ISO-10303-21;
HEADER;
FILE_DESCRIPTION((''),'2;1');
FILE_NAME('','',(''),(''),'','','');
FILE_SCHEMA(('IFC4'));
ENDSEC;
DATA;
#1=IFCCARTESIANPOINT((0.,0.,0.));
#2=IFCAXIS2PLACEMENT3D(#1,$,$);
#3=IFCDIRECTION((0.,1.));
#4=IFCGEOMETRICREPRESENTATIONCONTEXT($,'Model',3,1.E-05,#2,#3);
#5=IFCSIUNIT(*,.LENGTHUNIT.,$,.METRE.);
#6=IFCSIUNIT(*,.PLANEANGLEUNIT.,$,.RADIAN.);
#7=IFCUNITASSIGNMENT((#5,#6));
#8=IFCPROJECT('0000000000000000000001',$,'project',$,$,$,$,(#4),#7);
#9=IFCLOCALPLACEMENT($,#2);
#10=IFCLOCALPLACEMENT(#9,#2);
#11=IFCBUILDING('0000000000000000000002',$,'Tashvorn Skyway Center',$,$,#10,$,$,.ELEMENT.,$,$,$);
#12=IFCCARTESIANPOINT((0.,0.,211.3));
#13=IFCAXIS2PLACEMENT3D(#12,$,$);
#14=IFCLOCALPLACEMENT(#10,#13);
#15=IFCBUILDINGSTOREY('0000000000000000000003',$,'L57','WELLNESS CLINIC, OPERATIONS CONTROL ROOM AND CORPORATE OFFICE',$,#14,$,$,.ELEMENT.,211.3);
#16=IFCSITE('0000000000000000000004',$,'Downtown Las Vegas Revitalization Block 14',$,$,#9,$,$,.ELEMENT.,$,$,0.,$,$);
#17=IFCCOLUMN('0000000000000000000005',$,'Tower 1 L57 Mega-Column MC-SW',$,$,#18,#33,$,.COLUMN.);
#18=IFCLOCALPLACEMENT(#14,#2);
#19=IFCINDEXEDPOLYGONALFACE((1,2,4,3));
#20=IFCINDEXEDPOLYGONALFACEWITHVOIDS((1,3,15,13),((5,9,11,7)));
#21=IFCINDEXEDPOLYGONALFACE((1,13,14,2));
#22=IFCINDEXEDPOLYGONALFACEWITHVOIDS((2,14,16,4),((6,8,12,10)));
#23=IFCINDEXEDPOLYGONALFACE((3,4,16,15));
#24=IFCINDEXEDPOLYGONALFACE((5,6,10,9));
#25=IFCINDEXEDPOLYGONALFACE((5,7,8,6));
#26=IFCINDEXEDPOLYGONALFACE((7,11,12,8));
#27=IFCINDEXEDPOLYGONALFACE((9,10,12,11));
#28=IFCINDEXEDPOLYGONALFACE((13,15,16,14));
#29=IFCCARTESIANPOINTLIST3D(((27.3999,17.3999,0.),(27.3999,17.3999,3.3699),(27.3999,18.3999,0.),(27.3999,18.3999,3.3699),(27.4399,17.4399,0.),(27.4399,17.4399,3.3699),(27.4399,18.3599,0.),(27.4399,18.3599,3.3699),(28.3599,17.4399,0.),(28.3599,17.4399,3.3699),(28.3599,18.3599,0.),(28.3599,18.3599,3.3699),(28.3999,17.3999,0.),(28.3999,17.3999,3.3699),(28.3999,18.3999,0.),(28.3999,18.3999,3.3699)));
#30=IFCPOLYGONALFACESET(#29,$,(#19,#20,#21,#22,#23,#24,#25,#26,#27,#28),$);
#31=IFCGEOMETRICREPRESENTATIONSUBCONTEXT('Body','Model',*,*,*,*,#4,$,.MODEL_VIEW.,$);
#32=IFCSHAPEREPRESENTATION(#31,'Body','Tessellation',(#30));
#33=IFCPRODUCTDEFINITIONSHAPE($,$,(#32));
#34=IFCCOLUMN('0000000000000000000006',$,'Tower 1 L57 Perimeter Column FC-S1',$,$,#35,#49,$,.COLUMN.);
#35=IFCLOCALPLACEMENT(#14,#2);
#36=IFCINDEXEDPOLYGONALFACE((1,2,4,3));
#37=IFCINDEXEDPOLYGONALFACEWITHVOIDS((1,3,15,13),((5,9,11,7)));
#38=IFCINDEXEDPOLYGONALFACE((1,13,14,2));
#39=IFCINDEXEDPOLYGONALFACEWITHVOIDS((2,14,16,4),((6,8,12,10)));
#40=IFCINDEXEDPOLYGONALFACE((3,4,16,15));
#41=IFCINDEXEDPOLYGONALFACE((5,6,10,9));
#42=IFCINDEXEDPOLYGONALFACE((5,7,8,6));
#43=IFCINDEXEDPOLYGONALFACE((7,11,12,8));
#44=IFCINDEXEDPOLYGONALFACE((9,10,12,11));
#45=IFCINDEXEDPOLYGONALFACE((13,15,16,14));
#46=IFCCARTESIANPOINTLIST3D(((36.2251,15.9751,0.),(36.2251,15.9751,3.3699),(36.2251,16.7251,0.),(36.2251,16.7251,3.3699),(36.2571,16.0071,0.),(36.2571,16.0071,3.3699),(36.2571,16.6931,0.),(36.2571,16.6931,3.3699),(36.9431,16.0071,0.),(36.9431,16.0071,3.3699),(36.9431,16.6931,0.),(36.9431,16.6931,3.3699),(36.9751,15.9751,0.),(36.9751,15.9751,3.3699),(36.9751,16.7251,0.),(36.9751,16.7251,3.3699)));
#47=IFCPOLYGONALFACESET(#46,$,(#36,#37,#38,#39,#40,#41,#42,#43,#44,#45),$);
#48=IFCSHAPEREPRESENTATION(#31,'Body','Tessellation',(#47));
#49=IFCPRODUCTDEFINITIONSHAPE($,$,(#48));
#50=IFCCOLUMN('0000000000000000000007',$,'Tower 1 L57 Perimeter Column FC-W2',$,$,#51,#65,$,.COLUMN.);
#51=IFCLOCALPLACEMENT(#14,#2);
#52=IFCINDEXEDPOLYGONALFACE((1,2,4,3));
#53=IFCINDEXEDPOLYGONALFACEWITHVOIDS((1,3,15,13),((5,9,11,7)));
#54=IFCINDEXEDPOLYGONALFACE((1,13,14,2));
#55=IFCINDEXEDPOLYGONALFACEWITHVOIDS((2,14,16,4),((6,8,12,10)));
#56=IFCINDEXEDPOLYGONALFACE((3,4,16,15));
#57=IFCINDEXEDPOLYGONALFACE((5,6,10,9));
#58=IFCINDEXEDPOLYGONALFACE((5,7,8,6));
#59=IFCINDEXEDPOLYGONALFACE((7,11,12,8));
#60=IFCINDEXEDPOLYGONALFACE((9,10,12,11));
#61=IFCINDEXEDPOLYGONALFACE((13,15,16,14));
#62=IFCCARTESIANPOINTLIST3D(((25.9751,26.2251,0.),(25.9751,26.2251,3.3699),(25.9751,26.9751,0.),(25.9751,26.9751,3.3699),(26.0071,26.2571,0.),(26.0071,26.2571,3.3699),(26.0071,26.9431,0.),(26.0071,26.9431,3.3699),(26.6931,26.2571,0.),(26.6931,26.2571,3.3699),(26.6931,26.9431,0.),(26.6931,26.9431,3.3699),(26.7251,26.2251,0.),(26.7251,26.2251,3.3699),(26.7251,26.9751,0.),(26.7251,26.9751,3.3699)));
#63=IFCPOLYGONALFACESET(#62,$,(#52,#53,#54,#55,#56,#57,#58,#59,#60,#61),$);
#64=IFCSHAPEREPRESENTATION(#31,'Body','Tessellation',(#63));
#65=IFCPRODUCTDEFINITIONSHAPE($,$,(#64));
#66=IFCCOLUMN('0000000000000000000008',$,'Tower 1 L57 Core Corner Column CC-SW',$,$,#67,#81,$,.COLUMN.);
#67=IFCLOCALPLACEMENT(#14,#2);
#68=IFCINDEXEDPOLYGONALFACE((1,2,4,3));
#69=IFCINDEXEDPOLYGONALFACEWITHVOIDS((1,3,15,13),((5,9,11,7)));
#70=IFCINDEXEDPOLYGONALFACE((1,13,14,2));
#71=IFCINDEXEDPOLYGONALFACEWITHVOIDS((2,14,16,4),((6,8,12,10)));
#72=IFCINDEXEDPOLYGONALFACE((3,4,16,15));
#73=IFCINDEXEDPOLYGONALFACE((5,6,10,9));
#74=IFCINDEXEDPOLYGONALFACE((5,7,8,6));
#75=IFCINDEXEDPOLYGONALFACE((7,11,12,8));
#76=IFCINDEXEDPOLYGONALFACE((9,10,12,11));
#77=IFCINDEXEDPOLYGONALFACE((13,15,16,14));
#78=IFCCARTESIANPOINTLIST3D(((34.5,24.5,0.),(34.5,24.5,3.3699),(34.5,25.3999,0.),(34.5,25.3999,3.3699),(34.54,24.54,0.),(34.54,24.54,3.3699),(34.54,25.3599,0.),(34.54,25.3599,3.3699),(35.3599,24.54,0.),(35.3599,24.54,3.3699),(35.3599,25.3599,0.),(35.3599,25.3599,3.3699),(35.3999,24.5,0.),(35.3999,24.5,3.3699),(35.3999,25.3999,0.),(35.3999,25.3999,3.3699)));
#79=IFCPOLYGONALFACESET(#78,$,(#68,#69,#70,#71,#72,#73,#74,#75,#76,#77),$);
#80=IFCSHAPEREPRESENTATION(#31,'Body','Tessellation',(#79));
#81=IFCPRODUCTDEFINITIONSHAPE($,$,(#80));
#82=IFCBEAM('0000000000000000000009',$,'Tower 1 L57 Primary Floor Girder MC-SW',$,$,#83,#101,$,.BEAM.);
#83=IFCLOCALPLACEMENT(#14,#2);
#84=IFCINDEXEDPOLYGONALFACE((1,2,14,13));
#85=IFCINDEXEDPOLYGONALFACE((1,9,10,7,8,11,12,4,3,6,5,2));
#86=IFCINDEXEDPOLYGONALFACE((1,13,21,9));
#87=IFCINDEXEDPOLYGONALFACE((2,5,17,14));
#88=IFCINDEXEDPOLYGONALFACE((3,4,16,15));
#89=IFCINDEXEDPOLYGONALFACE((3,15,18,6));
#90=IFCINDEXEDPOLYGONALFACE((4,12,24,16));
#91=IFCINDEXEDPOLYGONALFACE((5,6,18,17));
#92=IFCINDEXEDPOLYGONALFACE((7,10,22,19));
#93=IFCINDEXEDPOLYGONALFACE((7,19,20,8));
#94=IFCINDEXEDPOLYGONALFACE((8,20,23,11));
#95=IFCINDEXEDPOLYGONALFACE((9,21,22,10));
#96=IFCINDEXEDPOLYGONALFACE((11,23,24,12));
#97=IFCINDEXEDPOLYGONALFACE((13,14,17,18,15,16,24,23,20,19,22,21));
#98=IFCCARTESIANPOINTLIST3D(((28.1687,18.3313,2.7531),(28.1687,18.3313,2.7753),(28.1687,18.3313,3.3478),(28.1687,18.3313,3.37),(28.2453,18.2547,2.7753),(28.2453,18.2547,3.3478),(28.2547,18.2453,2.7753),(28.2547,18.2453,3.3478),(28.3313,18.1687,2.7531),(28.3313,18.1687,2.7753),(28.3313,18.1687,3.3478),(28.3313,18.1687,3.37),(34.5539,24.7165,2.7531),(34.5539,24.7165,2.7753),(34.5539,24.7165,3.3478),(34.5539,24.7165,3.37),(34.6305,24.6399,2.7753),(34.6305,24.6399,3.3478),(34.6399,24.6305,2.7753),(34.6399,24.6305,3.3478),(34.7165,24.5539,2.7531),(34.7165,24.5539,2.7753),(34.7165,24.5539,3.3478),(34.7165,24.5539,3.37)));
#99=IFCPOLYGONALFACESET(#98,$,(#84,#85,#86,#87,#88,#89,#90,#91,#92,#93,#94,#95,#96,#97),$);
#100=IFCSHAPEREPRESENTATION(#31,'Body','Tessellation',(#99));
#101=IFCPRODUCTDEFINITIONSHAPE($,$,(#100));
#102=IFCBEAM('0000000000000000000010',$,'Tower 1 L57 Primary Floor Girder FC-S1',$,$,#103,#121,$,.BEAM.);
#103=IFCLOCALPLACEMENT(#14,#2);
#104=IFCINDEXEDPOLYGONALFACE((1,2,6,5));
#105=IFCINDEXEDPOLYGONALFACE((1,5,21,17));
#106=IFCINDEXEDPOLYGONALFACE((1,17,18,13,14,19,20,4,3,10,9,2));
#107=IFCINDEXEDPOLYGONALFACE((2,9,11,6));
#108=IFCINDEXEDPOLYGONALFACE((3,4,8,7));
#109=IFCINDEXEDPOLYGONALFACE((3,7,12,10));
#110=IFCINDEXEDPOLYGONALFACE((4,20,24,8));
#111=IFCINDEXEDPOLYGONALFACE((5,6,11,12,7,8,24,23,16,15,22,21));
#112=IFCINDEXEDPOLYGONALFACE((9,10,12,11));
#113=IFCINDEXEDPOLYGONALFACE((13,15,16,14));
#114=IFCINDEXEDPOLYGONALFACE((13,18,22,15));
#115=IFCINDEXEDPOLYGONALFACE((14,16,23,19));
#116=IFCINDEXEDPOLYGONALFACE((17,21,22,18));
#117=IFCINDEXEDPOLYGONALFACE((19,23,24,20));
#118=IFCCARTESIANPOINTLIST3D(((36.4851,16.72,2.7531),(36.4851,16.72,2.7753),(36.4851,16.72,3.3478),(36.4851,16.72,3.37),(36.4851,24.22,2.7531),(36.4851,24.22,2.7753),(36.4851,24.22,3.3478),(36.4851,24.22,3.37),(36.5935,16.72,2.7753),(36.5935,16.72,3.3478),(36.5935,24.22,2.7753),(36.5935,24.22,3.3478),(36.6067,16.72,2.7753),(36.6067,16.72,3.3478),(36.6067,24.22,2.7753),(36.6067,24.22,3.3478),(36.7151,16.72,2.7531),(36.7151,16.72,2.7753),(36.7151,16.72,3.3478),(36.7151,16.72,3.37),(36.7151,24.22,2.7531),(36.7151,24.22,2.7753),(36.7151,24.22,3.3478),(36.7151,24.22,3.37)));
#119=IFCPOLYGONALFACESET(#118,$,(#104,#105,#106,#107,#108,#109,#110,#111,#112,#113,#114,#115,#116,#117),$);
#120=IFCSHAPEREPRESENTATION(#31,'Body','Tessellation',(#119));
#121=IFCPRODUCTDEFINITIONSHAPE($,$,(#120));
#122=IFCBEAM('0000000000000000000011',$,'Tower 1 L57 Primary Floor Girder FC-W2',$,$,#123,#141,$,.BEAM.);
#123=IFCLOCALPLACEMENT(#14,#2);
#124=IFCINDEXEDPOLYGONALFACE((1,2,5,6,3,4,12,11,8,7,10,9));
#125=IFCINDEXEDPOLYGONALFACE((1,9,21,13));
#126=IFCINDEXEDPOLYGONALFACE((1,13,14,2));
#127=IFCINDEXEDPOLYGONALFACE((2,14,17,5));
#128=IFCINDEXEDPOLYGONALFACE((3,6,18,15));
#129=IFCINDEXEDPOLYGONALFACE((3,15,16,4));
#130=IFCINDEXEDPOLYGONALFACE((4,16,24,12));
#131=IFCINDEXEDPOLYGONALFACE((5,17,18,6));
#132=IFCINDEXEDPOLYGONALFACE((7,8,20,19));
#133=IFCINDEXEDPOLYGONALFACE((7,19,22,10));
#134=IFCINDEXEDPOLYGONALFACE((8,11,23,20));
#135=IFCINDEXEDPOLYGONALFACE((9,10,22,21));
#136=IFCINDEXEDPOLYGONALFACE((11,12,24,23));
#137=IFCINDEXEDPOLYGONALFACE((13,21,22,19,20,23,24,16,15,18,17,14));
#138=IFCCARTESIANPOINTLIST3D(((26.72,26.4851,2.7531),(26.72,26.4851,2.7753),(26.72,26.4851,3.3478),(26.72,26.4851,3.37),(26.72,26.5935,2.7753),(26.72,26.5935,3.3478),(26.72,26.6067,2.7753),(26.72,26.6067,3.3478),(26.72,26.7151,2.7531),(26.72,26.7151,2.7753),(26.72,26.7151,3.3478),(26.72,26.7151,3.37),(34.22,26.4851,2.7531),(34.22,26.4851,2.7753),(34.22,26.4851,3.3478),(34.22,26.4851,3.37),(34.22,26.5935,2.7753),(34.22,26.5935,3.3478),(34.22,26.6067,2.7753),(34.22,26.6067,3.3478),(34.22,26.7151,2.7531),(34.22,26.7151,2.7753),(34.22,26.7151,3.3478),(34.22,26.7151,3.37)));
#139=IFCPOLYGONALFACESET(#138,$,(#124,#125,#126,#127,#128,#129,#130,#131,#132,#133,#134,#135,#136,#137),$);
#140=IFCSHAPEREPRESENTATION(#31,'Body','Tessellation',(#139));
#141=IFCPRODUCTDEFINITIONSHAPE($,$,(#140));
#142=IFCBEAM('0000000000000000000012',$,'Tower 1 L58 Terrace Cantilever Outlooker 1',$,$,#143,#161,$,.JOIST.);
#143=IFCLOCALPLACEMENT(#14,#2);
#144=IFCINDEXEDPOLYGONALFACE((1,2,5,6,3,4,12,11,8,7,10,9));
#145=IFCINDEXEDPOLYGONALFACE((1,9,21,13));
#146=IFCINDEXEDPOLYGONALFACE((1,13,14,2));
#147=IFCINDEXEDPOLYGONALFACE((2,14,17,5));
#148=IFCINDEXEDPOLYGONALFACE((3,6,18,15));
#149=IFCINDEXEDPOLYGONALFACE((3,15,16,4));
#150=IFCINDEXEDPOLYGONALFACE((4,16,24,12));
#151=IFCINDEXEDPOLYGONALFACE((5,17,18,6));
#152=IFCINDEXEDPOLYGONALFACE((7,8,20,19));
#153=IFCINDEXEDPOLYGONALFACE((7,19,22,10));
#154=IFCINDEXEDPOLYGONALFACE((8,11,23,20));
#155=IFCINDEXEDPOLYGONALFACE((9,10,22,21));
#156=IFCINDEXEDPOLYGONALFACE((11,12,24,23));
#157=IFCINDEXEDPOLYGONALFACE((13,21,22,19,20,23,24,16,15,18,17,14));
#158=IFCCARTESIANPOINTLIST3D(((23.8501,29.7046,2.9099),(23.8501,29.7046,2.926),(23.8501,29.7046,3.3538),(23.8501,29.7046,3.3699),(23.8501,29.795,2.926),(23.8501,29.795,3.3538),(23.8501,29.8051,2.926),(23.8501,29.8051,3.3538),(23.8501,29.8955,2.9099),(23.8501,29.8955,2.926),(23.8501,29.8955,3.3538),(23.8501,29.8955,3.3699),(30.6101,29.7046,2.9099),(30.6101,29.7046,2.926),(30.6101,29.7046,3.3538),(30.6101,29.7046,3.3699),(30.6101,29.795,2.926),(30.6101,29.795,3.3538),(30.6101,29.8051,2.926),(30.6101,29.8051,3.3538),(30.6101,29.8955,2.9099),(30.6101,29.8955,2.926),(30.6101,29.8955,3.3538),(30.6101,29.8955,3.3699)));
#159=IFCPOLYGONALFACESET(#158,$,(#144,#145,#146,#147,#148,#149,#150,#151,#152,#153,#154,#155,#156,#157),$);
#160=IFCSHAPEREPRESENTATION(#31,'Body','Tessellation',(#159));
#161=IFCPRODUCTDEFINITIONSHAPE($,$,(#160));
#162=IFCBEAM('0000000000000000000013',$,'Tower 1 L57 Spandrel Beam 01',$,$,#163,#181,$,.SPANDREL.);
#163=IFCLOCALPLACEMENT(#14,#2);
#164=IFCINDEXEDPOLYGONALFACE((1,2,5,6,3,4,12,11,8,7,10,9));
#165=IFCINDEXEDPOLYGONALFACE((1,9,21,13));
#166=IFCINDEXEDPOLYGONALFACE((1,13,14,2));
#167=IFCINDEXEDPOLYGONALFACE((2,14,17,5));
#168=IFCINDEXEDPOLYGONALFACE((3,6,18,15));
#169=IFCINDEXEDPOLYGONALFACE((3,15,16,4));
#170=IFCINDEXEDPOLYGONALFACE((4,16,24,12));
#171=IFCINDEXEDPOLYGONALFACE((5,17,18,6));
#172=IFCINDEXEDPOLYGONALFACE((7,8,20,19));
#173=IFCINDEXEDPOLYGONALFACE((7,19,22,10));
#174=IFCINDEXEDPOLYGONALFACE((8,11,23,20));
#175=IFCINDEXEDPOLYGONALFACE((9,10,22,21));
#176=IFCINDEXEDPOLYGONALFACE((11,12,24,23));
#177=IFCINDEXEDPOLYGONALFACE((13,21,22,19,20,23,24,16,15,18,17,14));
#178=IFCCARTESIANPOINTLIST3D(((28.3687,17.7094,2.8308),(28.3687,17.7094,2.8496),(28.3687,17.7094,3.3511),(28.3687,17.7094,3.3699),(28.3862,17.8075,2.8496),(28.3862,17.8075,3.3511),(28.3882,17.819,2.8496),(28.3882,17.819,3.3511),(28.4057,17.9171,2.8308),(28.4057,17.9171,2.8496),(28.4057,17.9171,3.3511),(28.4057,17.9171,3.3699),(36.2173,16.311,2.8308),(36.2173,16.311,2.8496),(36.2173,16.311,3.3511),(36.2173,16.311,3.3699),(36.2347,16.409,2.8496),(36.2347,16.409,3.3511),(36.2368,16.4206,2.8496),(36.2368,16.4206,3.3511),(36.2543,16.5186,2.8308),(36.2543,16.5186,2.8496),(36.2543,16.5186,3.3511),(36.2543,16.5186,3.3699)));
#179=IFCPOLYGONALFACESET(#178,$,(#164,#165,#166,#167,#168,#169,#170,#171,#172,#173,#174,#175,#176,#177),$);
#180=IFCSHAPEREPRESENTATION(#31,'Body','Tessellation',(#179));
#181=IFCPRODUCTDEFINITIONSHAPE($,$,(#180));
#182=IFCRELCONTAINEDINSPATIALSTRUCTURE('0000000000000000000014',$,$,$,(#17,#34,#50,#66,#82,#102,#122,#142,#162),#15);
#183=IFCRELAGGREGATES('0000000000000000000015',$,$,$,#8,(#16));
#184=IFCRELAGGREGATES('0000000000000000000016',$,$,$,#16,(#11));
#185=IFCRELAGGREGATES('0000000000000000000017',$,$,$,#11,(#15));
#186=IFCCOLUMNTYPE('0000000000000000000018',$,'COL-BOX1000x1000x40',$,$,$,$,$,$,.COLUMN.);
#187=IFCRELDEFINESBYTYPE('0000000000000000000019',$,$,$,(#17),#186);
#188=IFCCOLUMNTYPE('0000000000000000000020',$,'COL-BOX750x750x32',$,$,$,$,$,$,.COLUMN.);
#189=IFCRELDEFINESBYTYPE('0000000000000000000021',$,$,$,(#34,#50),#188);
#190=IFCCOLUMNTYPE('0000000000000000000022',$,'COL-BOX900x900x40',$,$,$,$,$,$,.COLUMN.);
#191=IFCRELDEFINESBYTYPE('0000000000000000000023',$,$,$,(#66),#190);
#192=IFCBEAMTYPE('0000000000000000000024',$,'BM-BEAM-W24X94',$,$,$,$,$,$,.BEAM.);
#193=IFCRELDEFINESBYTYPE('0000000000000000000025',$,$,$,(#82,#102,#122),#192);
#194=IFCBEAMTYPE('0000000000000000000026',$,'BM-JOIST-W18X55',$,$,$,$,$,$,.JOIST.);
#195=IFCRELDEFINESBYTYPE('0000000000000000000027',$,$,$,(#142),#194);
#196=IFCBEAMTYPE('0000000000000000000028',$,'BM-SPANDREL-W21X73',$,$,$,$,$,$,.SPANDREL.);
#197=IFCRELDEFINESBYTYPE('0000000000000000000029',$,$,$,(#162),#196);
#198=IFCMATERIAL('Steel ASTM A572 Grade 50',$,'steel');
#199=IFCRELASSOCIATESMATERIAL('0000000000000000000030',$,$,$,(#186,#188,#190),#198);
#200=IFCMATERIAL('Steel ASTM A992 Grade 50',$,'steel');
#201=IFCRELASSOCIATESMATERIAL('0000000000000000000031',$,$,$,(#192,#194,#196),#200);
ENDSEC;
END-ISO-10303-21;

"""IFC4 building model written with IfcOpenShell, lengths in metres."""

from ifc_helpers import new_model, si_unit, direction, frame, origin, origin_2d, place, context, subcontext, project, spatial, hollow_rectangle, i_section, extrude, material, material_profile, profile_set, type_object, element, save


model = new_model("IFC4")

# Units and contexts
model_context = context("Model", 3, precision=1e-05, world=origin(), true_north=direction((0.0, 1.0)))
body_context = subcontext(model_context, "Body", "Model", "MODEL_VIEW")
ifc_project = project(units=[si_unit("LENGTHUNIT", "METRE"), si_unit("PLANEANGLEUNIT", "RADIAN")], contexts=[model_context])

# Site, building, storey
site_placement = place(None, origin())
site = spatial("IfcSite", under=ifc_project, at=site_placement, Name="Downtown Las Vegas Revitalization Block 14", CompositionType="ELEMENT", RefElevation=0.0)
building_placement = place(site_placement, origin())
building = spatial("IfcBuilding", under=site, at=building_placement, Name="Tashvorn Skyway Center", CompositionType="ELEMENT")
storey_placement = place(building_placement, frame((0.0, 0.0, 211.3)))
storey = spatial("IfcBuildingStorey", under=building, at=storey_placement, Name="L57", Description="WELLNESS CLINIC, OPERATIONS CONTROL ROOM AND CORPORATE OFFICE", CompositionType="ELEMENT", Elevation=211.3)

# Columns
ifc_material_1 = material(Name="Steel ASTM A572 Grade 50", Category="steel")
ifc_material_profile_1 = material_profile(ifc_material_1, hollow_rectangle(XDim=1.0, YDim=1.0, WallThickness=0.04, at=origin_2d()), Name="BOX1000x1000x40")
ifc_profile_set_1 = profile_set([ifc_material_profile_1], Name="Steel ASTM A572 Grade 50")
column_type_1 = type_object("IfcColumnType", Name="COL-BOX1000x1000x40", PredefinedType="COLUMN", material=ifc_profile_set_1)
column_1_placement = place(storey_placement, frame((27.8999, 17.8999, 0.0), z_axis=(0.0, 0.0, 1.0), x_axis=(1.0, 0.0, 0.0)))
element("IfcColumn", 1, at=column_1_placement, inside=storey, type_object=column_type_1, Name="Tower 1 L57 Mega-Column MC-SW", PredefinedType="COLUMN", context=body_context, shape_type="SweptSolid", body=[
    extrude(hollow_rectangle(XDim=1.0, YDim=1.0, WallThickness=0.04, at=origin_2d()), origin(), (0.0, 0.0, 1.0), 3.3699),
])
ifc_material_profile_2 = material_profile(ifc_material_1, hollow_rectangle(XDim=0.75, YDim=0.75, WallThickness=0.032, at=origin_2d()), Name="BOX750x750x32")
ifc_profile_set_2 = profile_set([ifc_material_profile_2], Name="Steel ASTM A572 Grade 50")
column_type_2 = type_object("IfcColumnType", Name="COL-BOX750x750x32", PredefinedType="COLUMN", material=ifc_profile_set_2)
for number, where, z_axis, x_axis, name in (
    (2, (36.6001, 16.3501, 0.0), (0.0, 0.0, 1.0), (1.0, 0.0, 0.0), "Tower 1 L57 Perimeter Column FC-S1"),
    (3, (26.3501, 26.6001, 0.0), (0.0, 0.0, 1.0), (1.0, 0.0, 0.0), "Tower 1 L57 Perimeter Column FC-W2"),
):
    element("IfcColumn", number, at=place(storey_placement, frame(where, z_axis=z_axis, x_axis=x_axis)), inside=storey, type_object=column_type_2, Name=name, PredefinedType="COLUMN", context=body_context, shape_type="SweptSolid", body=[
        extrude(hollow_rectangle(XDim=0.75, YDim=0.75, WallThickness=0.032, at=origin_2d()), origin(), (0.0, 0.0, 1.0), 3.3699),
    ])
ifc_material_profile_3 = material_profile(ifc_material_1, hollow_rectangle(XDim=0.8999, YDim=0.8999, WallThickness=0.04, at=origin_2d()), Name="BOX900x900x40")
ifc_profile_set_3 = profile_set([ifc_material_profile_3], Name="Steel ASTM A572 Grade 50")
column_type_3 = type_object("IfcColumnType", Name="COL-BOX900x900x40", PredefinedType="COLUMN", material=ifc_profile_set_3)
column_2_placement = place(storey_placement, frame((34.95, 24.95, 0.0), z_axis=(0.0, 0.0, 1.0), x_axis=(1.0, 0.0, 0.0)))
element("IfcColumn", 4, at=column_2_placement, inside=storey, type_object=column_type_3, Name="Tower 1 L57 Core Corner Column CC-SW", PredefinedType="COLUMN", context=body_context, shape_type="SweptSolid", body=[
    extrude(hollow_rectangle(XDim=0.8999, YDim=0.8999, WallThickness=0.04, at=origin_2d()), origin(), (0.0, 0.0, 1.0), 3.3699),
])

# Beams
ifc_material_2 = material(Name="Steel ASTM A992 Grade 50", Category="steel")
ifc_material_profile_4 = material_profile(ifc_material_2, i_section(OverallWidth=0.23, OverallDepth=0.6169, WebThickness=0.0132, FlangeThickness=0.0222, at=origin_2d()), Name="W24X94")
ifc_profile_set_4 = profile_set([ifc_material_profile_4], Name="Steel ASTM A992 Grade 50")
beam_type_1 = type_object("IfcBeamType", Name="BM-BEAM-W24X94", PredefinedType="BEAM", material=ifc_profile_set_4)
beam_1_placement = place(storey_placement, frame((28.25, 18.25, 3.0615), z_axis=(0.707107, 0.707107, 0.0), x_axis=(-0.707107, 0.707107, 0.0)))
element("IfcBeam", 5, at=beam_1_placement, inside=storey, type_object=beam_type_1, Name="Tower 1 L57 Primary Floor Girder MC-SW", PredefinedType="BEAM", context=body_context, shape_type="SweptSolid", body=[
    extrude(i_section(OverallWidth=0.23, OverallDepth=0.6169, WebThickness=0.0132, FlangeThickness=0.0222, at=origin_2d()), origin(), (0.0, 0.0, 1.0), 9.03),
])
for number, where, z_axis, x_axis, name in (
    (6, (36.6001, 16.72, 3.0615), (0.0, 1.0, 0.0), (-1.0, 0.0, 0.0), "Tower 1 L57 Primary Floor Girder FC-S1"),
    (7, (26.72, 26.6001, 3.0615), (1.0, 0.0, 0.0), (0.0, 1.0, 0.0), "Tower 1 L57 Primary Floor Girder FC-W2"),
):
    element("IfcBeam", number, at=place(storey_placement, frame(where, z_axis=z_axis, x_axis=x_axis)), inside=storey, type_object=beam_type_1, Name=name, PredefinedType="BEAM", context=body_context, shape_type="SweptSolid", body=[
        extrude(i_section(OverallWidth=0.23, OverallDepth=0.6169, WebThickness=0.0132, FlangeThickness=0.0222, at=origin_2d()), origin(), (0.0, 0.0, 1.0), 7.5),
    ])
ifc_material_profile_5 = material_profile(ifc_material_2, i_section(OverallWidth=0.1909, OverallDepth=0.46, WebThickness=0.01, FlangeThickness=0.0161, at=origin_2d()), Name="W18X55")
ifc_profile_set_5 = profile_set([ifc_material_profile_5], Name="Steel ASTM A992 Grade 50")
beam_type_2 = type_object("IfcBeamType", Name="BM-JOIST-W18X55", PredefinedType="JOIST", material=ifc_profile_set_5)
beam_2_placement = place(storey_placement, frame((30.6101, 29.8, 3.1399), z_axis=(-1.0, 0.0, 0.0), x_axis=(0.0, -1.0, 0.0)))
element("IfcBeam", 8, at=beam_2_placement, inside=storey, type_object=beam_type_2, Name="Tower 1 L58 Terrace Cantilever Outlooker 1", PredefinedType="JOIST", context=body_context, shape_type="SweptSolid", body=[
    extrude(i_section(OverallWidth=0.1909, OverallDepth=0.46, WebThickness=0.01, FlangeThickness=0.0161, at=origin_2d()), origin(), (0.0, 0.0, 1.0), 6.76),
])
ifc_material_profile_6 = material_profile(ifc_material_2, i_section(OverallWidth=0.2109, OverallDepth=0.5391, WebThickness=0.0117, FlangeThickness=0.0188, at=origin_2d()), Name="W21X73")
ifc_profile_set_6 = profile_set([ifc_material_profile_6], Name="Steel ASTM A992 Grade 50")
beam_type_3 = type_object("IfcBeamType", Name="BM-SPANDREL-W21X73", PredefinedType="SPANDREL", material=ifc_profile_set_6)
beam_3_placement = place(storey_placement, frame((28.3872, 17.8132, 3.1003), z_axis=(0.984495, -0.175413, 0.0), x_axis=(0.175413, 0.984495, 0.0)))
element("IfcBeam", 9, at=beam_3_placement, inside=storey, type_object=beam_type_3, Name="Tower 1 L57 Spandrel Beam 01", PredefinedType="SPANDREL", context=body_context, shape_type="SweptSolid", body=[
    extrude(i_section(OverallWidth=0.2109, OverallDepth=0.5391, WebThickness=0.0117, FlangeThickness=0.0188, at=origin_2d()), origin(), (0.0, 0.0, 1.0), 7.9722),
])

save(model, "model.ifc")
